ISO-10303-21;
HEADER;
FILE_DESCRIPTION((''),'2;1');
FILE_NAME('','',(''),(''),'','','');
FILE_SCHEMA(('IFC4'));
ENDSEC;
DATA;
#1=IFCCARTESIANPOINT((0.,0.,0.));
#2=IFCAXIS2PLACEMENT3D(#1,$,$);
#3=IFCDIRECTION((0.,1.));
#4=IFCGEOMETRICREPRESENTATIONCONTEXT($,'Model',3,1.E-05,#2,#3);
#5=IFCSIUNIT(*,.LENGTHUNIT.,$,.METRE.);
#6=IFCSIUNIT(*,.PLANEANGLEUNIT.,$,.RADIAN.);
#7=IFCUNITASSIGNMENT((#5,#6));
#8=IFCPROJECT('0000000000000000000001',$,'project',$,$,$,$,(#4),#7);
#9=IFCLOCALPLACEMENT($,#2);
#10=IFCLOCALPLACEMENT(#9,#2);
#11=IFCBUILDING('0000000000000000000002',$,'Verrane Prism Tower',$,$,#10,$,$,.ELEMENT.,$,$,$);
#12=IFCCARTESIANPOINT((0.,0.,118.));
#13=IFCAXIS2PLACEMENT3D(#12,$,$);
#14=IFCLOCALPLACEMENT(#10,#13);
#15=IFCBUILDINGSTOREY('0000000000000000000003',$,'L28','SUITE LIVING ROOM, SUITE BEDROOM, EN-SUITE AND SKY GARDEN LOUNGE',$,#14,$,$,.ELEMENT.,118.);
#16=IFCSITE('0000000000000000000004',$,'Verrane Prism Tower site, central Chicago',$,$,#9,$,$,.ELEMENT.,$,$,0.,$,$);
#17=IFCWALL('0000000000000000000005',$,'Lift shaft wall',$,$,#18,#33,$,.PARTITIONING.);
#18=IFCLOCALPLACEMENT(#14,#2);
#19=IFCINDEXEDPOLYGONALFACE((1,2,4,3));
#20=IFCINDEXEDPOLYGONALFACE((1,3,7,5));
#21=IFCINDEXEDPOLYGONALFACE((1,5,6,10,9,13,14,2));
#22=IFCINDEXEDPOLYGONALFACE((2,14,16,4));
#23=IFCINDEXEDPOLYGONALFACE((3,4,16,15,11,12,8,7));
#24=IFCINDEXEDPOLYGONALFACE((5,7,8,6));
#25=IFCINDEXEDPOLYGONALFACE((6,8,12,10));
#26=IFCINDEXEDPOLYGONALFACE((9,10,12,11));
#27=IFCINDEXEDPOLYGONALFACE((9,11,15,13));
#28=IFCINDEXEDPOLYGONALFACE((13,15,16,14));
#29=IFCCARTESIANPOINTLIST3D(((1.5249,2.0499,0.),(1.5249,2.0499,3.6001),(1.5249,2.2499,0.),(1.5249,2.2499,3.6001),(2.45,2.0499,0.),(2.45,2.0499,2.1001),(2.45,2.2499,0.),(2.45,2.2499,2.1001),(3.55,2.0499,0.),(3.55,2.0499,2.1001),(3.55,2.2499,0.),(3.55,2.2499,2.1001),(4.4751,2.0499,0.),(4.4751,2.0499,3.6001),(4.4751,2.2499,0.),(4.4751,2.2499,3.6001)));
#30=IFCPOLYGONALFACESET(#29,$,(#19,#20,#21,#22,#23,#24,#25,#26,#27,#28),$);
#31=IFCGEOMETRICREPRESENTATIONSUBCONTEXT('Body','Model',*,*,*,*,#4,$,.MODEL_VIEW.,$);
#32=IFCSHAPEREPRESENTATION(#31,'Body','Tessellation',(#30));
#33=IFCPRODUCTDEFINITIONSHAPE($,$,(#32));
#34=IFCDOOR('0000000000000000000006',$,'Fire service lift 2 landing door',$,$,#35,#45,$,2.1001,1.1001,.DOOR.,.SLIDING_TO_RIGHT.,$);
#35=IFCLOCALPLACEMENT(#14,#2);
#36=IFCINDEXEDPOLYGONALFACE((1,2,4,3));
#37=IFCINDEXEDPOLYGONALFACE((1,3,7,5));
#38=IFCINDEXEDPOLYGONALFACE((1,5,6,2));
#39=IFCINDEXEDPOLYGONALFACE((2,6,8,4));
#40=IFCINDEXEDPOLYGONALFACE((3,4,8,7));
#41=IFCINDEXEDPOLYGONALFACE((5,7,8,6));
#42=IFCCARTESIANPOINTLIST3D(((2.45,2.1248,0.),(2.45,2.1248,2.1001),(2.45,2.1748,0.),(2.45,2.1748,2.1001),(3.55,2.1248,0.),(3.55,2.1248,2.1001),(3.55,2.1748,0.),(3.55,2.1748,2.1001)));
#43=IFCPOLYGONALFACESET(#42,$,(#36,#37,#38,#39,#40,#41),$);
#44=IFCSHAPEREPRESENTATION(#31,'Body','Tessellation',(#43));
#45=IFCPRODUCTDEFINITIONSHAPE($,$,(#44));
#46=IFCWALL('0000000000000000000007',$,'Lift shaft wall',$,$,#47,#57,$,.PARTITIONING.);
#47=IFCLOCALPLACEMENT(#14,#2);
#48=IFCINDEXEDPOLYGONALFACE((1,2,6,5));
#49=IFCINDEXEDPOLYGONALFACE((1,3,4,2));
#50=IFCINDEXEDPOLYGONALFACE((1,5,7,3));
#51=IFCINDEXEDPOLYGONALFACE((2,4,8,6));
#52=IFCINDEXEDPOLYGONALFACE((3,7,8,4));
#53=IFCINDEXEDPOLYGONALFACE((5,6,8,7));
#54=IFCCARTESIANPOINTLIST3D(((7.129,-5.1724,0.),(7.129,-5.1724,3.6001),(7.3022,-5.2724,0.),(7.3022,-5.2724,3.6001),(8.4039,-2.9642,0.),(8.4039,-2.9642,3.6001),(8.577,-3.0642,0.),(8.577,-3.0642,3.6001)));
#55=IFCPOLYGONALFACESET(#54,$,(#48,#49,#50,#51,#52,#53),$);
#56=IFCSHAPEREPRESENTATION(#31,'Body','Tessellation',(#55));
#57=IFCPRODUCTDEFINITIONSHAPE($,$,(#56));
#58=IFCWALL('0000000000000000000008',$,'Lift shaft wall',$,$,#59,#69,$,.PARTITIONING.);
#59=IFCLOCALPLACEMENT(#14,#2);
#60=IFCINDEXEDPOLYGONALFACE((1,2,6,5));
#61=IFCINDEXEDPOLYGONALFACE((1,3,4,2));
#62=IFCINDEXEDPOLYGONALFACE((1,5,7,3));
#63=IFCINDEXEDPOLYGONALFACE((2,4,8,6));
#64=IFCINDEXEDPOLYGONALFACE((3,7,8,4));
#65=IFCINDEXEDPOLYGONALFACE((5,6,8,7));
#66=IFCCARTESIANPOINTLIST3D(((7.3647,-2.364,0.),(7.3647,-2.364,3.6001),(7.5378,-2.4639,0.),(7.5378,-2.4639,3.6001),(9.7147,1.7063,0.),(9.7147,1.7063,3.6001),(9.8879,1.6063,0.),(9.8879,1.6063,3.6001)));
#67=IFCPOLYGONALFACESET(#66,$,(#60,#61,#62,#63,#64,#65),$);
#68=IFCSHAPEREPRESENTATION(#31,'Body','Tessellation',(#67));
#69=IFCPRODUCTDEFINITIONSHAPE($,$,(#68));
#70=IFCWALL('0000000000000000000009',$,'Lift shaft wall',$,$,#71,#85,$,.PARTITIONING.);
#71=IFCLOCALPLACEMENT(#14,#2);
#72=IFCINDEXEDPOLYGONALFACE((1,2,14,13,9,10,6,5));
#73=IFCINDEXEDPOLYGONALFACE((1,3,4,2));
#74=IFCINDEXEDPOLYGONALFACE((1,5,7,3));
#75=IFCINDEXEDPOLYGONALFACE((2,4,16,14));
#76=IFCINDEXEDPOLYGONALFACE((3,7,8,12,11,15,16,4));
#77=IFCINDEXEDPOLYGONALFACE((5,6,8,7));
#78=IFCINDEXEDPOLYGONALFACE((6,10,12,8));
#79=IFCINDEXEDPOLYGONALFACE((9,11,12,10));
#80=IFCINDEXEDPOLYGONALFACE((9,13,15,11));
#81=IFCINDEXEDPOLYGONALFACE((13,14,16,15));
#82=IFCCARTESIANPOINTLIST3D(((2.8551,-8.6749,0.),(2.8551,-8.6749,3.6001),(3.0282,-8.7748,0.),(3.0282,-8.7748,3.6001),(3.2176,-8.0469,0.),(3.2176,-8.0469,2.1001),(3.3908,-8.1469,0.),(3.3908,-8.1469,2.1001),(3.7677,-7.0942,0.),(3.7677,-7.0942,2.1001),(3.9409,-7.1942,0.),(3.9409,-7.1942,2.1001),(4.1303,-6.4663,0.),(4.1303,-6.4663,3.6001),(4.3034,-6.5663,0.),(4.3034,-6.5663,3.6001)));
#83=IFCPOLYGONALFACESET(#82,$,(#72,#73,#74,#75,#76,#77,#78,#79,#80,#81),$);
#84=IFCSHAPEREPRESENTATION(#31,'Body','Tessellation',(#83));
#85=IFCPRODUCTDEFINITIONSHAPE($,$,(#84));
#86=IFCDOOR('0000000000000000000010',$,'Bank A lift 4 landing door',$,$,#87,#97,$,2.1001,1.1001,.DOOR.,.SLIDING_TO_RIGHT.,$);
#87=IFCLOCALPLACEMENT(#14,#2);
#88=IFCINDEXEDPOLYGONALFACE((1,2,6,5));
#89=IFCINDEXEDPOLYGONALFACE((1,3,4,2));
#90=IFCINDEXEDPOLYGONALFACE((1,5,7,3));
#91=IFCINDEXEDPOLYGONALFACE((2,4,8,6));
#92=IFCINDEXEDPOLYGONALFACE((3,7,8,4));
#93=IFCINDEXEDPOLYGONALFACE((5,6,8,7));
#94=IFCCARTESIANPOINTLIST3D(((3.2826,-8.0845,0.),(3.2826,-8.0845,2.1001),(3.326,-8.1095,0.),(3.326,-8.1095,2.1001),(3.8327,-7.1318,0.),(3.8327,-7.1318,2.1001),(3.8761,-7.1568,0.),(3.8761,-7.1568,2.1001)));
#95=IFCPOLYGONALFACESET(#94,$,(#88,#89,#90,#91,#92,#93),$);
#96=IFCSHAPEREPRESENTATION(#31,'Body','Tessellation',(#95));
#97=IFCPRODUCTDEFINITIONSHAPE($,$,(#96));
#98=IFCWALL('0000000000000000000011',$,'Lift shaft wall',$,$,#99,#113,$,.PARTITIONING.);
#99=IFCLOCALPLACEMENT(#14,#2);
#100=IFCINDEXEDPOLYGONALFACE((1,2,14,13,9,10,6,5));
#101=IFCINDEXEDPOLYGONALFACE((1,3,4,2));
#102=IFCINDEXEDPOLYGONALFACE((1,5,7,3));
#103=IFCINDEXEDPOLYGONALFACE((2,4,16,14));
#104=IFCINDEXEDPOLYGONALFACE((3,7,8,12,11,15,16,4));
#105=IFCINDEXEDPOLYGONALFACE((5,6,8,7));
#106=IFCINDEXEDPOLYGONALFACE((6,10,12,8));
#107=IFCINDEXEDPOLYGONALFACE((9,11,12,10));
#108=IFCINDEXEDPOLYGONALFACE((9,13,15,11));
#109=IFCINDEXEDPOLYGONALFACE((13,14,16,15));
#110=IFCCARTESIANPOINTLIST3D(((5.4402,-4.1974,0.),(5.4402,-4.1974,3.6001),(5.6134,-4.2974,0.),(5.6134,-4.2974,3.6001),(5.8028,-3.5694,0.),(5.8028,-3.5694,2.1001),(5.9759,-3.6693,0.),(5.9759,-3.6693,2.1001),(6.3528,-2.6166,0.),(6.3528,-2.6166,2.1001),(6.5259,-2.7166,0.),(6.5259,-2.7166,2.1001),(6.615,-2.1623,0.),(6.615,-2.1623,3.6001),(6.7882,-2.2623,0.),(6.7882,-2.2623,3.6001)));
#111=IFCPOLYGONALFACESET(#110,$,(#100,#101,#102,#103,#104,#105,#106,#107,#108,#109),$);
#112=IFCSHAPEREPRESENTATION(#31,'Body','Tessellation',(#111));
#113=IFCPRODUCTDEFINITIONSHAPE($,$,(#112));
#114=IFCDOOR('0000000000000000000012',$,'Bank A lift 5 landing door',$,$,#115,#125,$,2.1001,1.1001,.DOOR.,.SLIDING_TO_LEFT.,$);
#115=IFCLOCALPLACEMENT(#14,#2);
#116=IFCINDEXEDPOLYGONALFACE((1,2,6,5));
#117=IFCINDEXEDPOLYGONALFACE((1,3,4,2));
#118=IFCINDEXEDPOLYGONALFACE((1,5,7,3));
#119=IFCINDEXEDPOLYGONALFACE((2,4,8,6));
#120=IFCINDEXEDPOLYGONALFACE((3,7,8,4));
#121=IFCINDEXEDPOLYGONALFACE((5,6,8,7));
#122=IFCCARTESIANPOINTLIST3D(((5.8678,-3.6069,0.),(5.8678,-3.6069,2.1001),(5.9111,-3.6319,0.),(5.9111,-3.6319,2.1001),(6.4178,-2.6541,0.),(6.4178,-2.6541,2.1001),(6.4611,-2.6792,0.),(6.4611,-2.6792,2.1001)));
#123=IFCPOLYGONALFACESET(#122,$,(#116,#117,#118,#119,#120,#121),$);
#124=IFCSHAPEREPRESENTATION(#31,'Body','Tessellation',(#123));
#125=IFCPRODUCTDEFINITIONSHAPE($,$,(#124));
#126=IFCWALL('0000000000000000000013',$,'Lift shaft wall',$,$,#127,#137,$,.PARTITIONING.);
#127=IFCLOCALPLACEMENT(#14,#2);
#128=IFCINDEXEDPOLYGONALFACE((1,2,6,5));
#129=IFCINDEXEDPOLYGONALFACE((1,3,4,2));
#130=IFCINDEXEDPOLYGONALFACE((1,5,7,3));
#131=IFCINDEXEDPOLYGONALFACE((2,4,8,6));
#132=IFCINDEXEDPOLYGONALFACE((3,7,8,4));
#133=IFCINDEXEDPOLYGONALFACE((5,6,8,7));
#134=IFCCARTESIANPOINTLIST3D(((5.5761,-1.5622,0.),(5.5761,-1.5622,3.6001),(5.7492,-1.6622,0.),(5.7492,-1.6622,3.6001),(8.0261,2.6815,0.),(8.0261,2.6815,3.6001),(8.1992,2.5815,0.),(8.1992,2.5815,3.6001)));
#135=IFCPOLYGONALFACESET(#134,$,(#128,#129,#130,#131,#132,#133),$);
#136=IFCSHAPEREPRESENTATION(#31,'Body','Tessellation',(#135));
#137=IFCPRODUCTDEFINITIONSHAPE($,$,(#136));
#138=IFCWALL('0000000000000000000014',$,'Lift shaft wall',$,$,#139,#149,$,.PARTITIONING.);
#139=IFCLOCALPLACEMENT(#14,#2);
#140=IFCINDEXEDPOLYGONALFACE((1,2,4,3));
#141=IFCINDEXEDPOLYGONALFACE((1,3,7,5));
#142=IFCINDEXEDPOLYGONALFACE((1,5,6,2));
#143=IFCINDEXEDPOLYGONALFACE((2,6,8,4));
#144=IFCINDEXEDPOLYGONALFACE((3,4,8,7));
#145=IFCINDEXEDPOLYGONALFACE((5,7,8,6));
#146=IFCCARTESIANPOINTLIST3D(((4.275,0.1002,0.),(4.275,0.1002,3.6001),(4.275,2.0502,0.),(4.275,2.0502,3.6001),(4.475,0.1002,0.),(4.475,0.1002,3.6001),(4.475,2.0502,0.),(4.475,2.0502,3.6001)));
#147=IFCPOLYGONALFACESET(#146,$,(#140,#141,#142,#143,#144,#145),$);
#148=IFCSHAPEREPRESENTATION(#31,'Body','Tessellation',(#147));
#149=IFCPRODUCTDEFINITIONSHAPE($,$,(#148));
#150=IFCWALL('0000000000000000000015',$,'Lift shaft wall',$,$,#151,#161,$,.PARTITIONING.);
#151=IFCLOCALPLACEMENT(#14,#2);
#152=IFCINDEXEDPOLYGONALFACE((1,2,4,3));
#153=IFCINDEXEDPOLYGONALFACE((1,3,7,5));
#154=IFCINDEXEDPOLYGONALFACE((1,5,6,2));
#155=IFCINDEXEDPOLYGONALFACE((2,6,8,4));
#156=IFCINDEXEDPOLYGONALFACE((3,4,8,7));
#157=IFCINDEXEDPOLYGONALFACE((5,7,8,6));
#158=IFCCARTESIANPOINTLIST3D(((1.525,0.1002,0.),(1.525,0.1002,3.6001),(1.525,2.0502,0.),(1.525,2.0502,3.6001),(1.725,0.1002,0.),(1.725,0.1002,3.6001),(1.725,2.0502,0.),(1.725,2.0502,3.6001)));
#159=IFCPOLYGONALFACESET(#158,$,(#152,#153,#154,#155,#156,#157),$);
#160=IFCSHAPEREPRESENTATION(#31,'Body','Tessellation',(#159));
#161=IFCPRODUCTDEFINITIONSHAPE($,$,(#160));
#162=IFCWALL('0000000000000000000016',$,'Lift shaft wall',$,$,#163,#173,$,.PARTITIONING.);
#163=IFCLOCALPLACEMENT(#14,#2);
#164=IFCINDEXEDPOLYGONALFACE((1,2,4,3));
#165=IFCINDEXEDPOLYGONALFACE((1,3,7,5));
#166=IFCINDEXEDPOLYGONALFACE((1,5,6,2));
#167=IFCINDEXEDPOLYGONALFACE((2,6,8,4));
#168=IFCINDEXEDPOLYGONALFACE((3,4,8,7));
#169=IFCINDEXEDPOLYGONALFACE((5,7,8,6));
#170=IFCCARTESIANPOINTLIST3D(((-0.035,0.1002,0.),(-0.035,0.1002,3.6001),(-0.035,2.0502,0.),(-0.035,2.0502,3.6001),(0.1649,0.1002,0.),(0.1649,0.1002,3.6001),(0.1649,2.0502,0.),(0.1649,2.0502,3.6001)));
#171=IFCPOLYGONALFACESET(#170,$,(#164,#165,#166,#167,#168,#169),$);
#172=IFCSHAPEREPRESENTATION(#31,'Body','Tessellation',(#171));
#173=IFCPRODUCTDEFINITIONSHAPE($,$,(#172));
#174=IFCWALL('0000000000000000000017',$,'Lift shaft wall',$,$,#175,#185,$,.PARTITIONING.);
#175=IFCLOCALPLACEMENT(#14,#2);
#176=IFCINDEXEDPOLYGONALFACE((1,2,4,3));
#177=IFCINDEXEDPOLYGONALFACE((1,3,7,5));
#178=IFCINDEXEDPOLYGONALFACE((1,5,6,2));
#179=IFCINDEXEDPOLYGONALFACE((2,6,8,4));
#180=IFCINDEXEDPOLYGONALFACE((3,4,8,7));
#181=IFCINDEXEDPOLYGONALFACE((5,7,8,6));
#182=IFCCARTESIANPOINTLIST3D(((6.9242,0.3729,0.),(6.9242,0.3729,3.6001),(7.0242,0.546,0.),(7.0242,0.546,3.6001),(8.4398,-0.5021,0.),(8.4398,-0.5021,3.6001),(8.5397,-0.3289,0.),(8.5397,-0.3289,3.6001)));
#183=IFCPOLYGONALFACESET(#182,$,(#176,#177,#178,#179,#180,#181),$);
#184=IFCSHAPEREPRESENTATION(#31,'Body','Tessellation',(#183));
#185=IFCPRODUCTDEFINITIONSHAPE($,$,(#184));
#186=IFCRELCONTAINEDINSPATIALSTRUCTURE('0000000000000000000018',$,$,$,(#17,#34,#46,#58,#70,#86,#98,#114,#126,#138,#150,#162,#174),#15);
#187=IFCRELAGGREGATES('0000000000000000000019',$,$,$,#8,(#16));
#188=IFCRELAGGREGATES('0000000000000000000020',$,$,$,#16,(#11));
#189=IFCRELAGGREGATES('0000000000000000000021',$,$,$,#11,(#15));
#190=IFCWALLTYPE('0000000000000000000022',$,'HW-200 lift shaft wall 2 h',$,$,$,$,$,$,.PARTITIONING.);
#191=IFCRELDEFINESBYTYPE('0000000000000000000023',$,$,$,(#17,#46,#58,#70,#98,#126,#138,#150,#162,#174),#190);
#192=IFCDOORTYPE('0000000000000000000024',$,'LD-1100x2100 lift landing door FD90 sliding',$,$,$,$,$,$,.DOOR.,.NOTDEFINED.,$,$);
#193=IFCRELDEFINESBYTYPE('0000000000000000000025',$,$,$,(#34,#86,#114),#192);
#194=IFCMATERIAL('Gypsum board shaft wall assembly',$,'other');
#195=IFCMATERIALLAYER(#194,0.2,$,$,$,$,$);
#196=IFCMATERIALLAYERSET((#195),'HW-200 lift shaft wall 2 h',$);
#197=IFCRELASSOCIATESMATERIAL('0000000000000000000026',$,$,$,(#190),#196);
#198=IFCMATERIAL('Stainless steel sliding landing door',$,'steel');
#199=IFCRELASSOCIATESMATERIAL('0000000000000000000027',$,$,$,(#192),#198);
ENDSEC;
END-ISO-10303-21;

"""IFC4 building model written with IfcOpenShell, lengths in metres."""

from ifc_helpers import new_model, si_unit, direction, frame, frame_2d, origin, place, context, subcontext, project, spatial, rectangle, extrude, material, layer, layer_set, type_object, element, fill, save


model = new_model("IFC4")

# Units and contexts
model_context = context("Model", 3, precision=1e-05, world=origin(), true_north=direction((0.0, 1.0)))
body_context = subcontext(model_context, "Body", "Model", "MODEL_VIEW")
ifc_project = project(units=[si_unit("LENGTHUNIT", "METRE"), si_unit("PLANEANGLEUNIT", "RADIAN")], contexts=[model_context])

# Site, building, storey
site_placement = place(None, origin())
site = spatial("IfcSite", under=ifc_project, at=site_placement, Name="Verrane Prism Tower site, central Chicago", CompositionType="ELEMENT", RefElevation=0.0)
building_placement = place(site_placement, origin())
building = spatial("IfcBuilding", under=site, at=building_placement, Name="Verrane Prism Tower", CompositionType="ELEMENT")
storey_placement = place(building_placement, frame((0.0, 0.0, 118.0)))
storey = spatial("IfcBuildingStorey", under=building, at=storey_placement, Name="L28", Description="SUITE LIVING ROOM, SUITE BEDROOM, EN-SUITE AND SKY GARDEN LOUNGE", CompositionType="ELEMENT", Elevation=118.0)

# Shared definitions
ifc_material_1 = material(Name="Gypsum board shaft wall assembly", Category="other")
ifc_layer_1 = layer(ifc_material_1, 0.2)
ifc_layer_set_1 = layer_set([ifc_layer_1], Name="HW-200 lift shaft wall 2 h")
wall_type_1 = type_object("IfcWallType", Name="HW-200 lift shaft wall 2 h", PredefinedType="PARTITIONING", material=ifc_layer_set_1)

# Wall, opening, door
wall_1_placement = place(storey_placement, frame((1.5249, 2.1499, 0.0), z_axis=(0.0, 0.0, 1.0), x_axis=(1.0, 0.0, 0.0)))
wall_1 = element("IfcWall", 1, at=wall_1_placement, inside=storey, type_object=wall_type_1, Name="Lift shaft wall", PredefinedType="PARTITIONING", context=body_context, shape_type="SweptSolid", body=[
    extrude(rectangle(XDim=2.9502, YDim=0.2, at=frame_2d((1.4751, 0.0))), origin(), (0.0, 0.0, 1.0), 3.6001),
])
opening_1_placement = place(wall_1_placement, frame((0.925, 0.0, 0.0)))
opening_1 = element("IfcOpeningElement", 2, at=opening_1_placement, cuts=wall_1, PredefinedType="OPENING", context=body_context, shape_type="SweptSolid", body=[
    extrude(rectangle(XDim=1.1001, YDim=2.1001, at=frame_2d((0.55, 1.05))), frame((0.0, 0.1099, 0.0), z_axis=(0.0, -1.0, 0.0), x_axis=(1.0, 0.0, 0.0)), (0.0, 0.0, 1.0), 0.22),
])
ifc_material_2 = material(Name="Stainless steel sliding landing door", Category="steel")
door_type_1 = type_object("IfcDoorType", Name="LD-1100x2100 lift landing door FD90 sliding", OperationType="NOTDEFINED", PredefinedType="DOOR", material=ifc_material_2)
door_1_placement = place(opening_1_placement, origin())
door_1 = element("IfcDoor", 3, at=door_1_placement, inside=storey, type_object=door_type_1, Name="Fire service lift 2 landing door", OperationType="SLIDING_TO_RIGHT", OverallHeight=2.1001, OverallWidth=1.1001, PredefinedType="DOOR", context=body_context, shape_type="SweptSolid", body=[
    extrude(rectangle(XDim=1.1001, YDim=2.1001, at=frame_2d((0.55, 1.05))), frame((0.0, 0.0249, 0.0), z_axis=(0.0, -1.0, 0.0), x_axis=(1.0, 0.0, 0.0)), (0.0, 0.0, 1.0), 0.05),
])
fill(opening_1, door_1)

# Walls
wall_2_placement = place(storey_placement, frame((7.2156, -5.2224, 0.0), z_axis=(0.0, 0.0, 1.0), x_axis=(0.49999, 0.866031, 0.0)))
element("IfcWall", 4, at=wall_2_placement, inside=storey, type_object=wall_type_1, Name="Lift shaft wall", PredefinedType="PARTITIONING", context=body_context, shape_type="SweptSolid", body=[
    extrude(rectangle(XDim=2.5498, YDim=0.2, at=frame_2d((1.2749, 0.0))), origin(), (0.0, 0.0, 1.0), 3.6001),
])
wall_3_placement = place(storey_placement, frame((7.4512, -2.4141, 0.0), z_axis=(0.0, 0.0, 1.0), x_axis=(0.500016, 0.866016, 0.0)))
element("IfcWall", 5, at=wall_3_placement, inside=storey, type_object=wall_type_1, Name="Lift shaft wall", PredefinedType="PARTITIONING", context=body_context, shape_type="SweptSolid", body=[
    extrude(rectangle(XDim=4.7, YDim=0.2, at=frame_2d((2.3501, 0.0))), origin(), (0.0, 0.0, 1.0), 3.6001),
])

# Walls, openings, doors
wall_4_placement = place(storey_placement, frame((2.9417, -8.7249, 0.0), z_axis=(0.0, 0.0, 1.0), x_axis=(0.500021, 0.866013, 0.0)))
wall_4 = element("IfcWall", 6, at=wall_4_placement, inside=storey, type_object=wall_type_1, Name="Lift shaft wall", PredefinedType="PARTITIONING", context=body_context, shape_type="SweptSolid", body=[
    extrude(rectangle(XDim=2.5503, YDim=0.2, at=frame_2d((1.2751, 0.0))), origin(), (0.0, 0.0, 1.0), 3.6001),
])
opening_2_placement = place(wall_4_placement, frame((0.7251, 0.0, 0.0)))
opening_2 = element("IfcOpeningElement", 7, at=opening_2_placement, cuts=wall_4, PredefinedType="OPENING", context=body_context, shape_type="SweptSolid", body=[
    extrude(rectangle(XDim=1.1001, YDim=2.1001, at=frame_2d((0.55, 1.05))), frame((0.0, 0.1099, 0.0), z_axis=(0.0, -1.0, 0.0), x_axis=(1.0, 0.0, 0.0)), (0.0, 0.0, 1.0), 0.22),
])
door_2_placement = place(opening_2_placement, origin())
door_2 = element("IfcDoor", 8, at=door_2_placement, inside=storey, type_object=door_type_1, Name="Bank A lift 4 landing door", OperationType="SLIDING_TO_RIGHT", OverallHeight=2.1001, OverallWidth=1.1001, PredefinedType="DOOR", context=body_context, shape_type="SweptSolid", body=[
    extrude(rectangle(XDim=1.1001, YDim=2.1001, at=frame_2d((0.55, 1.05))), frame((0.0, 0.0249, 0.0), z_axis=(0.0, -1.0, 0.0), x_axis=(1.0, 0.0, 0.0)), (0.0, 0.0, 1.0), 0.05),
])
fill(opening_2, door_2)
wall_5_placement = place(storey_placement, frame((5.5269, -4.2473, 0.0), z_axis=(0.0, 0.0, 1.0), x_axis=(0.499938, 0.866061, 0.0)))
wall_5 = element("IfcWall", 9, at=wall_5_placement, inside=storey, type_object=wall_type_1, Name="Lift shaft wall", PredefinedType="PARTITIONING", context=body_context, shape_type="SweptSolid", body=[
    extrude(rectangle(XDim=2.3499, YDim=0.2, at=frame_2d((1.1748, 0.0))), origin(), (0.0, 0.0, 1.0), 3.6001),
])
opening_3_placement = place(wall_5_placement, frame((0.7251, 0.0, 0.0)))
opening_3 = element("IfcOpeningElement", 10, at=opening_3_placement, cuts=wall_5, PredefinedType="OPENING", context=body_context, shape_type="SweptSolid", body=[
    extrude(rectangle(XDim=1.1001, YDim=2.1001, at=frame_2d((0.55, 1.05))), frame((0.0, 0.1099, 0.0), z_axis=(0.0, -1.0, 0.0), x_axis=(1.0, 0.0, 0.0)), (0.0, 0.0, 1.0), 0.22),
])
door_3_placement = place(opening_3_placement, origin())
door_3 = element("IfcDoor", 11, at=door_3_placement, inside=storey, type_object=door_type_1, Name="Bank A lift 5 landing door", OperationType="SLIDING_TO_LEFT", OverallHeight=2.1001, OverallWidth=1.1001, PredefinedType="DOOR", context=body_context, shape_type="SweptSolid", body=[
    extrude(rectangle(XDim=1.1001, YDim=2.1001, at=frame_2d((0.55, 1.05))), frame((0.0, 0.0249, 0.0), z_axis=(0.0, -1.0, 0.0), x_axis=(1.0, 0.0, 0.0)), (0.0, 0.0, 1.0), 0.05),
])
fill(opening_3, door_3)

# Walls
wall_6_placement = place(storey_placement, frame((5.6626, -1.6123, 0.0), z_axis=(0.0, 0.0, 1.0), x_axis=(0.499981, 0.866036, 0.0)))
element("IfcWall", 12, at=wall_6_placement, inside=storey, type_object=wall_type_1, Name="Lift shaft wall", PredefinedType="PARTITIONING", context=body_context, shape_type="SweptSolid", body=[
    extrude(rectangle(XDim=4.9001, YDim=0.2, at=frame_2d((2.4502, 0.0))), origin(), (0.0, 0.0, 1.0), 3.6001),
])
for number, where, z_axis, x_axis, name in (
    (13, (4.375, 0.1001, 0.0), (0.0, 0.0, 1.0), (0.0, 1.0, 0.0), "Lift shaft wall"),
    (14, (1.625, 0.1001, 0.0), (0.0, 0.0, 1.0), (0.0, 1.0, 0.0), "Lift shaft wall"),
    (15, (0.0649, 0.1001, 0.0), (0.0, 0.0, 1.0), (0.0, 1.0, 0.0), "Lift shaft wall"),
):
    element("IfcWall", number, at=place(storey_placement, frame(where, z_axis=z_axis, x_axis=x_axis)), inside=storey, type_object=wall_type_1, Name=name, PredefinedType="PARTITIONING", context=body_context, shape_type="SweptSolid", body=[
        extrude(rectangle(XDim=1.95, YDim=0.2, at=frame_2d((0.9751, 0.0))), origin(), (0.0, 0.0, 1.0), 3.6001),
    ])
wall_7_placement = place(storey_placement, frame((8.4897, -0.4155, 0.0), z_axis=(0.0, 0.0, 1.0), x_axis=(-0.866037, 0.49998, 0.0)))
element("IfcWall", 16, at=wall_7_placement, inside=storey, type_object=wall_type_1, Name="Lift shaft wall", PredefinedType="PARTITIONING", context=body_context, shape_type="SweptSolid", body=[
    extrude(rectangle(XDim=1.75, YDim=0.2, at=frame_2d((0.875, 0.0))), origin(), (0.0, 0.0, 1.0), 3.6001),
])

save(model, "model.ifc")
